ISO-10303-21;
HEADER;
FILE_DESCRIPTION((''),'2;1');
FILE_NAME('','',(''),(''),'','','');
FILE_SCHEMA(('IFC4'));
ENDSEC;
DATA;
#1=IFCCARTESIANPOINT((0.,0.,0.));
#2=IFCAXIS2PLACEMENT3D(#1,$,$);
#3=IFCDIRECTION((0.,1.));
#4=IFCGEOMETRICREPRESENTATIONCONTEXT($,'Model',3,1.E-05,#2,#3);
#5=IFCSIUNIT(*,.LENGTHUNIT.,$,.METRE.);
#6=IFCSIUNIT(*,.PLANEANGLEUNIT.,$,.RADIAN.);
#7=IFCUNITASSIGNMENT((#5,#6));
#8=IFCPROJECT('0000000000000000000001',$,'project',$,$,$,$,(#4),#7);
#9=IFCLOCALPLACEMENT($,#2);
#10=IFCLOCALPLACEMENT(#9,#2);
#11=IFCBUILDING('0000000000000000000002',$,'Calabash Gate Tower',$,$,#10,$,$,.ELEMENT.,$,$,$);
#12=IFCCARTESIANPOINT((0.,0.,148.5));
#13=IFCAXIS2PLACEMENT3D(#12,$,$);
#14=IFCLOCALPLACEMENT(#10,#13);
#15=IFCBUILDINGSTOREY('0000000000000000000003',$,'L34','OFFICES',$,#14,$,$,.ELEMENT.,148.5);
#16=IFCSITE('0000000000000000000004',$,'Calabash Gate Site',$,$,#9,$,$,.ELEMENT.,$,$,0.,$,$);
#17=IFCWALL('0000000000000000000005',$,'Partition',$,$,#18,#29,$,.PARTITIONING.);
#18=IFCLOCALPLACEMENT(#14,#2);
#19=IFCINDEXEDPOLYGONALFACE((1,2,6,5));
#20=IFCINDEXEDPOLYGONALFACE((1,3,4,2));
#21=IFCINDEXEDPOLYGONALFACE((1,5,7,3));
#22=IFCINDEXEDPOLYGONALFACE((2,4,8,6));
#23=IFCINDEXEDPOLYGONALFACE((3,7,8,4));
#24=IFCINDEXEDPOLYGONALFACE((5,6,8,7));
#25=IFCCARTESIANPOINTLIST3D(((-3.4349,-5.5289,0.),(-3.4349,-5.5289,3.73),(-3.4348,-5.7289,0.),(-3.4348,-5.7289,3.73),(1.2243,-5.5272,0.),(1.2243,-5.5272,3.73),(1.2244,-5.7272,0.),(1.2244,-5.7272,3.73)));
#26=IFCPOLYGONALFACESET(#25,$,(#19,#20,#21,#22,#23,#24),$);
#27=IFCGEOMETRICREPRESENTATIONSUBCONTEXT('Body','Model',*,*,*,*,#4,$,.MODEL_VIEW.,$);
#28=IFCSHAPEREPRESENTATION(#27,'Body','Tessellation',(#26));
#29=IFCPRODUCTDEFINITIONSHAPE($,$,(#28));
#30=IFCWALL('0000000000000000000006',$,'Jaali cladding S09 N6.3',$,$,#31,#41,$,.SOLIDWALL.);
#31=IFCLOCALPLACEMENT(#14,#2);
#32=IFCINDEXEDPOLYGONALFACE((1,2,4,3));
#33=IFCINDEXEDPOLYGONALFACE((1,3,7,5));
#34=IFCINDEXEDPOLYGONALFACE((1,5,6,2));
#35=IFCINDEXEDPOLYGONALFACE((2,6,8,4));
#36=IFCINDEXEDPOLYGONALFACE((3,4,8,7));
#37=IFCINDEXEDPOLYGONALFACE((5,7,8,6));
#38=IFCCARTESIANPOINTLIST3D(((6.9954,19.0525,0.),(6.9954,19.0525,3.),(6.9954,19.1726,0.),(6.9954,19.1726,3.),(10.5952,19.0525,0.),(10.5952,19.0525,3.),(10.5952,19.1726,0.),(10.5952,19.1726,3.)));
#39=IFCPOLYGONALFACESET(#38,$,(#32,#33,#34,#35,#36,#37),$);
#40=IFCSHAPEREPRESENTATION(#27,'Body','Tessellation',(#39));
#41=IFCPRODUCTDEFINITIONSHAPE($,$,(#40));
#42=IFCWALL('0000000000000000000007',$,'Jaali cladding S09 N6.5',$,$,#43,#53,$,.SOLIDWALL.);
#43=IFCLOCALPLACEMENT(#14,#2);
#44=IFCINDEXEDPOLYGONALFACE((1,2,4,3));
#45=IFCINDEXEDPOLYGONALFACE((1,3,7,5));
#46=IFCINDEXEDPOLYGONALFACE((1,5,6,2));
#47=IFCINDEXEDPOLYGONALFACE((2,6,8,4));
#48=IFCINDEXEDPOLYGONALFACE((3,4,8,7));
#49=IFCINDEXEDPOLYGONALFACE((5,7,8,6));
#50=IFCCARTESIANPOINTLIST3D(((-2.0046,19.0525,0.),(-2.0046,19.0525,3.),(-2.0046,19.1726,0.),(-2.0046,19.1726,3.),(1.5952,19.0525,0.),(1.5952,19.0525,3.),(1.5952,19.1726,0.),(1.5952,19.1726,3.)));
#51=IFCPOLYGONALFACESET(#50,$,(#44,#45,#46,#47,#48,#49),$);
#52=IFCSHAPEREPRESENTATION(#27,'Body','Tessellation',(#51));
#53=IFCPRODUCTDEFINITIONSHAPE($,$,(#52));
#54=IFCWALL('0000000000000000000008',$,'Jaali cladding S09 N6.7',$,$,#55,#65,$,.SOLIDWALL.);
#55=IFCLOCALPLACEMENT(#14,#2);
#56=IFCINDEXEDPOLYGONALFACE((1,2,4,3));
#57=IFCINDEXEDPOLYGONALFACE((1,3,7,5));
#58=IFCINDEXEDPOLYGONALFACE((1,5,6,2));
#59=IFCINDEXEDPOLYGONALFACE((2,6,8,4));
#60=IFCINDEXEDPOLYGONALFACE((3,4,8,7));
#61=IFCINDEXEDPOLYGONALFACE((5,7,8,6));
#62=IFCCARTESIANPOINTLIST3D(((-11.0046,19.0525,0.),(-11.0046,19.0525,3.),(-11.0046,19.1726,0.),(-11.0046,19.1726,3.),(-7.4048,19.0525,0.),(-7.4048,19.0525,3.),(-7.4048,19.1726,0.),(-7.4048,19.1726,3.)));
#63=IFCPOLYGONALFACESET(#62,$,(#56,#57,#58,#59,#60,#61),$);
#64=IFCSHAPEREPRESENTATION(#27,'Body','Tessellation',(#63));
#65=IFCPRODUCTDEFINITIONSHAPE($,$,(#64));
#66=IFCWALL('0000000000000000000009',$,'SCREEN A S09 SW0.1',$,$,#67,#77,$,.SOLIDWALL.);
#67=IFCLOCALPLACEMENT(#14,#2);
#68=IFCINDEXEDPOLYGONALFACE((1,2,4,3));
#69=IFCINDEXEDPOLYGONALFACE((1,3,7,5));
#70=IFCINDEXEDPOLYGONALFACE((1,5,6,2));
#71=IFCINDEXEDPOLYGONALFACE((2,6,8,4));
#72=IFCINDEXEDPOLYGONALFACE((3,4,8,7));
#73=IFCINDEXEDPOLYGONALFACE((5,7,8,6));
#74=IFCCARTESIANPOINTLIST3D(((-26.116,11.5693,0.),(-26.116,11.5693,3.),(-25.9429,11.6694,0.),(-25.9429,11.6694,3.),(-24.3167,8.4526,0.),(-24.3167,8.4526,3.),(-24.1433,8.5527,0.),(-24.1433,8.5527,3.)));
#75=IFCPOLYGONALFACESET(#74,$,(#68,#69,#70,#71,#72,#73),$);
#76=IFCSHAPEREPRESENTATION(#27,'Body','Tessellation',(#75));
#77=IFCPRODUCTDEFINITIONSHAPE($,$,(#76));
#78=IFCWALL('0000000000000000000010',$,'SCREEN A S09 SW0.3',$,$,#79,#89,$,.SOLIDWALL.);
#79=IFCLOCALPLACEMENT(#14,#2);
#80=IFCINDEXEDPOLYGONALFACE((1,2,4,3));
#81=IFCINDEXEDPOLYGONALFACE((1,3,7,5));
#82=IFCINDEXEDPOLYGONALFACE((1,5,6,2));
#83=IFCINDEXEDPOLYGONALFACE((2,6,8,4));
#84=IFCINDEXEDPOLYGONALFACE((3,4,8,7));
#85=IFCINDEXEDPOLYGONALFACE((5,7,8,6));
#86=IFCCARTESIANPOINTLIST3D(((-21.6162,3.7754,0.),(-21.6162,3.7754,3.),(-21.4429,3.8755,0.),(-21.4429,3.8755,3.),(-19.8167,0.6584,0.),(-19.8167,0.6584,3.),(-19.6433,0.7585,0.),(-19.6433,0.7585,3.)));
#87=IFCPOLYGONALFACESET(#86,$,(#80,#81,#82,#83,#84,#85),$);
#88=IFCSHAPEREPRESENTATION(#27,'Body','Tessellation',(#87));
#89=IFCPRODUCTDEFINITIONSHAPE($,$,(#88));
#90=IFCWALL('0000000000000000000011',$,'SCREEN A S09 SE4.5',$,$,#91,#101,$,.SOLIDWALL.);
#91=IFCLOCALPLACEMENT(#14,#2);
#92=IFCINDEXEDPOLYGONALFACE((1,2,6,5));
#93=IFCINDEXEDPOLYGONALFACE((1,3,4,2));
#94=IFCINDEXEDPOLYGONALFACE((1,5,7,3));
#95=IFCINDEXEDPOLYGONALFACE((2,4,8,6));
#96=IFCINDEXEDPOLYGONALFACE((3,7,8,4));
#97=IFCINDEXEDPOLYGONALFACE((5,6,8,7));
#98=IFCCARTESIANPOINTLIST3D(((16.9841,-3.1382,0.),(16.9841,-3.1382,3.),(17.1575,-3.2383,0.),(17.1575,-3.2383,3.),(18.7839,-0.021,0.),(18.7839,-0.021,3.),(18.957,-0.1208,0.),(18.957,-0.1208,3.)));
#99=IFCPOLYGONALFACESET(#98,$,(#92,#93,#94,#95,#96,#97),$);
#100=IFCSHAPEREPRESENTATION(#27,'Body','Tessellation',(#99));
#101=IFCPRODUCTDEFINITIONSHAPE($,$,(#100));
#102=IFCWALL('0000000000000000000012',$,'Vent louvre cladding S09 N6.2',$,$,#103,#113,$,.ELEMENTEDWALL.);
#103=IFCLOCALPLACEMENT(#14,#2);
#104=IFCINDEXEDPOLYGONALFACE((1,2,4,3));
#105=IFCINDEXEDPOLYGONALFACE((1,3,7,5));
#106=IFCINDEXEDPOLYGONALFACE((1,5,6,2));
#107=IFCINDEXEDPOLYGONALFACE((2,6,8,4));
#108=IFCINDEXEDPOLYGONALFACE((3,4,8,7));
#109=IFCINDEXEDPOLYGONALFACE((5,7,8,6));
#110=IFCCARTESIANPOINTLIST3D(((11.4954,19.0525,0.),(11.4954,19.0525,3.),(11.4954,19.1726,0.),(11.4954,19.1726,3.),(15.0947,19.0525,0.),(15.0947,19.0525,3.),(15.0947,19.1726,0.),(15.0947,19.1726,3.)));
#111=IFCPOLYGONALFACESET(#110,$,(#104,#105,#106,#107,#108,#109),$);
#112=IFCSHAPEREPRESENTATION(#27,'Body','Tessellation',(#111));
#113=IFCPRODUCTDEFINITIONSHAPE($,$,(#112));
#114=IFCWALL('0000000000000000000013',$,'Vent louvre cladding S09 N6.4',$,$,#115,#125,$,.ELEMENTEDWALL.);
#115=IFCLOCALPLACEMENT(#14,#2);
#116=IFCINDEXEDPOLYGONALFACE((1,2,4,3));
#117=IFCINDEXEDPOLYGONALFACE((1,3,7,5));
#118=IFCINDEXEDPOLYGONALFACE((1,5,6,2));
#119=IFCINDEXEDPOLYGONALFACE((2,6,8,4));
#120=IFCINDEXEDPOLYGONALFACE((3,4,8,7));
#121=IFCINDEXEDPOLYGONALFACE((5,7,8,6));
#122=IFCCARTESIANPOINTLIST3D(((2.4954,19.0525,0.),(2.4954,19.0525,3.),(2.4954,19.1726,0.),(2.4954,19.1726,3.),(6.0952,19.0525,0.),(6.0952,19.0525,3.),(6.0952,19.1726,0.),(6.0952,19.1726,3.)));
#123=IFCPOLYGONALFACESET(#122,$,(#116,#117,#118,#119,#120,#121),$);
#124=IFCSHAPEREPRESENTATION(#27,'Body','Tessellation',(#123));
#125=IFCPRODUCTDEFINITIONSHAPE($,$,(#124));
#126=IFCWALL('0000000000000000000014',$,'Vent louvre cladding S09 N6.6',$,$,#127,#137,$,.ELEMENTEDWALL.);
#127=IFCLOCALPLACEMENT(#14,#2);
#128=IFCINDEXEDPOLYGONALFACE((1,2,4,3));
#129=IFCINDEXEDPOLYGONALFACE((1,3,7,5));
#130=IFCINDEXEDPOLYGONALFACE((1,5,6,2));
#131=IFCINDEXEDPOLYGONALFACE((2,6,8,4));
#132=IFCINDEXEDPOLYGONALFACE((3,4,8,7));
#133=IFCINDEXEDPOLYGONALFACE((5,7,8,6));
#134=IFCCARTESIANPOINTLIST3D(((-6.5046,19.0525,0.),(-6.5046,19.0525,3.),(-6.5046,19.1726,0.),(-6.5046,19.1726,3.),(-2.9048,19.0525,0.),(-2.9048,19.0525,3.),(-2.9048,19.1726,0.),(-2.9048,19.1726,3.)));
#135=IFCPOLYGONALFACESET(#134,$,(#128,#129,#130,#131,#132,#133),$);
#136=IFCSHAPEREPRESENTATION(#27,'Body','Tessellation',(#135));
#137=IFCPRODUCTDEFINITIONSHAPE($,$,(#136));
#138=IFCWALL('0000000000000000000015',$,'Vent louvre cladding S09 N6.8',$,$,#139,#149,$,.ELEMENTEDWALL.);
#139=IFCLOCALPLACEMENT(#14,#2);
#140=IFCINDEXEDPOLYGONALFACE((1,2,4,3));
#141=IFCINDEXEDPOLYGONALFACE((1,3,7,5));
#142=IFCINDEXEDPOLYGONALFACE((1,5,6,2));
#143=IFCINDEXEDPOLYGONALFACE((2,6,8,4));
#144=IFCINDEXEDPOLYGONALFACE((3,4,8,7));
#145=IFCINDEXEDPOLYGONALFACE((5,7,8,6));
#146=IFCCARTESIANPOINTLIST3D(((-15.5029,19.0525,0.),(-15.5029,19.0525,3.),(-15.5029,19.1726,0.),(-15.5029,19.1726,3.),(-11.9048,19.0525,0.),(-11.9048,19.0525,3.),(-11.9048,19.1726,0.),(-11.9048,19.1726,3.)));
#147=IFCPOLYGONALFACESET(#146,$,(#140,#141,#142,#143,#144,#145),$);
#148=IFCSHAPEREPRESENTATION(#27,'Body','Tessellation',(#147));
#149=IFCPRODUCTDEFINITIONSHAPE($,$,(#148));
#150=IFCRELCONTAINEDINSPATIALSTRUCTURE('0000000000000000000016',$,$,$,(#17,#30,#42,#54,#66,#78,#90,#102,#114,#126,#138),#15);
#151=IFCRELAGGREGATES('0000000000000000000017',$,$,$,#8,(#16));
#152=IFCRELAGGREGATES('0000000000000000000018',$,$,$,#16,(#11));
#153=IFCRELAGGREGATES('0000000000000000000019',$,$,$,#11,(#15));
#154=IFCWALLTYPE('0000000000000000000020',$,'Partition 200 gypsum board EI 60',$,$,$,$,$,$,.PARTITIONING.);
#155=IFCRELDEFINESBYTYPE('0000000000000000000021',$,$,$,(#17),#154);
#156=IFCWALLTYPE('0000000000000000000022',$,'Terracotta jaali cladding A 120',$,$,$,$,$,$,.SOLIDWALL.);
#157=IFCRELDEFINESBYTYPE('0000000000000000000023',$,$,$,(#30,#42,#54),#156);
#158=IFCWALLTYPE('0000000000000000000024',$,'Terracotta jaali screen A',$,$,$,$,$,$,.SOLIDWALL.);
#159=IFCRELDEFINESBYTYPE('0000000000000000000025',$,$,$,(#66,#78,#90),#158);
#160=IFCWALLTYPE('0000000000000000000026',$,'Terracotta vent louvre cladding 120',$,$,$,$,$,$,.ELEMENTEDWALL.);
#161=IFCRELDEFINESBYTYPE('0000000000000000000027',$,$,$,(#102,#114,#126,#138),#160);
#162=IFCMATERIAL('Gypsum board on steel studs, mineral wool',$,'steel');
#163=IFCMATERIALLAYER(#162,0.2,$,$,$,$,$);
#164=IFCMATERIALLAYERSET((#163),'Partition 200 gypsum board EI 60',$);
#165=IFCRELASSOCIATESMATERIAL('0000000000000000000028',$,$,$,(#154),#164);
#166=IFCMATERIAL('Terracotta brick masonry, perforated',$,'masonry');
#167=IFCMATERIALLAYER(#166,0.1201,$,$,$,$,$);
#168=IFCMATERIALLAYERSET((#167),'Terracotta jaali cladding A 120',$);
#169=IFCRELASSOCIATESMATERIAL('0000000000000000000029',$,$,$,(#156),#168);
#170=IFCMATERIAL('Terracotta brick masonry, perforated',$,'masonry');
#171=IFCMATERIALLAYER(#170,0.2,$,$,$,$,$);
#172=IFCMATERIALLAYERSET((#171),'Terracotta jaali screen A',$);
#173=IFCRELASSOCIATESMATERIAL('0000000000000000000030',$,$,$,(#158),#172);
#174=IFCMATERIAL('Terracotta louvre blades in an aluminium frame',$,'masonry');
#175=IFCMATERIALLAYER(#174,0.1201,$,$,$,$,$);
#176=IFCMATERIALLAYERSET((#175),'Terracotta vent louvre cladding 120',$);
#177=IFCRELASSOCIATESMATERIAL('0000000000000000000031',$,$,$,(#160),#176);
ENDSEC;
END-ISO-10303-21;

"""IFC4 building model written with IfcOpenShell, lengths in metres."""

from ifc_helpers import new_model, si_unit, direction, frame, frame_2d, origin, place, context, subcontext, project, spatial, polyline, rectangle, outline, extrude, material, layer, layer_set, type_object, element, save


model = new_model("IFC4")

# Units and contexts
model_context = context("Model", 3, precision=1e-05, world=origin(), true_north=direction((0.0, 1.0)))
body_context = subcontext(model_context, "Body", "Model", "MODEL_VIEW")
ifc_project = project(units=[si_unit("LENGTHUNIT", "METRE"), si_unit("PLANEANGLEUNIT", "RADIAN")], contexts=[model_context])

# Site, building, storey
site_placement = place(None, origin())
site = spatial("IfcSite", under=ifc_project, at=site_placement, Name="Calabash Gate Site", CompositionType="ELEMENT", RefElevation=0.0)
building_placement = place(site_placement, origin())
building = spatial("IfcBuilding", under=site, at=building_placement, Name="Calabash Gate Tower", CompositionType="ELEMENT")
storey_placement = place(building_placement, frame((0.0, 0.0, 148.5)))
storey = spatial("IfcBuildingStorey", under=building, at=storey_placement, Name="L34", Description="OFFICES", CompositionType="ELEMENT", Elevation=148.5)

# Walls
ifc_material_1 = material(Name="Gypsum board on steel studs, mineral wool", Category="steel")
ifc_layer_1 = layer(ifc_material_1, 0.2)
ifc_layer_set_1 = layer_set([ifc_layer_1], Name="Partition 200 gypsum board EI 60")
wall_type_1 = type_object("IfcWallType", Name="Partition 200 gypsum board EI 60", PredefinedType="PARTITIONING", material=ifc_layer_set_1)
wall_1_placement = place(storey_placement, frame((-3.4348, -5.6289, 0.0), z_axis=(0.0, 0.0, 1.0), x_axis=(1.0, 0.000367, 0.0)))
element("IfcWall", 1, at=wall_1_placement, inside=storey, type_object=wall_type_1, Name="Partition", PredefinedType="PARTITIONING", context=body_context, shape_type="SweptSolid", body=[
    extrude(rectangle(XDim=4.6592, YDim=0.2, at=frame_2d((2.3296, 0.0))), origin(), (0.0, 0.0, 1.0), 3.73),
])
ifc_material_2 = material(Name="Terracotta brick masonry, perforated", Category="masonry")
ifc_layer_2 = layer(ifc_material_2, 0.1201)
ifc_layer_set_2 = layer_set([ifc_layer_2], Name="Terracotta jaali cladding A 120")
wall_type_2 = type_object("IfcWallType", Name="Terracotta jaali cladding A 120", PredefinedType="SOLIDWALL", material=ifc_layer_set_2)
wall_2_placement = place(storey_placement, origin())
element("IfcWall", 2, at=wall_2_placement, inside=storey, type_object=wall_type_2, Name="Jaali cladding S09 N6.3", PredefinedType="SOLIDWALL", context=body_context, shape_type="SweptSolid", body=[
    extrude(outline(polyline([(6.9954, 19.1726), (6.9954, 19.0525), (10.5952, 19.0525), (10.5952, 19.1726), (6.9954, 19.1726)])), origin(), (0.0, 0.0, 1.0), 3.0),
])
wall_3_placement = place(storey_placement, origin())
element("IfcWall", 3, at=wall_3_placement, inside=storey, type_object=wall_type_2, Name="Jaali cladding S09 N6.5", PredefinedType="SOLIDWALL", context=body_context, shape_type="SweptSolid", body=[
    extrude(outline(polyline([(-2.0046, 19.1726), (-2.0046, 19.0525), (1.5952, 19.0525), (1.5952, 19.1726), (-2.0046, 19.1726)])), origin(), (0.0, 0.0, 1.0), 3.0),
])
wall_4_placement = place(storey_placement, origin())
element("IfcWall", 4, at=wall_4_placement, inside=storey, type_object=wall_type_2, Name="Jaali cladding S09 N6.7", PredefinedType="SOLIDWALL", context=body_context, shape_type="SweptSolid", body=[
    extrude(outline(polyline([(-11.0046, 19.1726), (-11.0046, 19.0525), (-7.4048, 19.0525), (-7.4048, 19.1726), (-11.0046, 19.1726)])), origin(), (0.0, 0.0, 1.0), 3.0),
])
ifc_material_3 = material(Name="Terracotta brick masonry, perforated", Category="masonry")
ifc_layer_3 = layer(ifc_material_3, 0.2)
ifc_layer_set_3 = layer_set([ifc_layer_3], Name="Terracotta jaali screen A")
wall_type_3 = type_object("IfcWallType", Name="Terracotta jaali screen A", PredefinedType="SOLIDWALL", material=ifc_layer_set_3)
wall_5_placement = place(storey_placement, origin())
element("IfcWall", 5, at=wall_5_placement, inside=storey, type_object=wall_type_3, Name="SCREEN A S09 SW0.1", PredefinedType="SOLIDWALL", context=body_context, shape_type="SweptSolid", body=[
    extrude(outline(polyline([(-24.1433, 8.5527), (-25.9429, 11.6694), (-26.116, 11.5693), (-24.3167, 8.4526), (-24.1433, 8.5527)])), origin(), (0.0, 0.0, 1.0), 3.0),
])
wall_6_placement = place(storey_placement, origin())
element("IfcWall", 6, at=wall_6_placement, inside=storey, type_object=wall_type_3, Name="SCREEN A S09 SW0.3", PredefinedType="SOLIDWALL", context=body_context, shape_type="SweptSolid", body=[
    extrude(outline(polyline([(-19.6433, 0.7585), (-21.4429, 3.8755), (-21.6162, 3.7754), (-19.8167, 0.6584), (-19.6433, 0.7585)])), origin(), (0.0, 0.0, 1.0), 3.0),
])
wall_7_placement = place(storey_placement, origin())
element("IfcWall", 7, at=wall_7_placement, inside=storey, type_object=wall_type_3, Name="SCREEN A S09 SE4.5", PredefinedType="SOLIDWALL", context=body_context, shape_type="SweptSolid", body=[
    extrude(outline(polyline([(18.7839, -0.021), (16.9841, -3.1382), (17.1575, -3.2383), (18.957, -0.1208), (18.7839, -0.021)])), origin(), (0.0, 0.0, 1.0), 3.0),
])
ifc_material_4 = material(Name="Terracotta louvre blades in an aluminium frame", Category="masonry")
ifc_layer_4 = layer(ifc_material_4, 0.1201)
ifc_layer_set_4 = layer_set([ifc_layer_4], Name="Terracotta vent louvre cladding 120")
wall_type_4 = type_object("IfcWallType", Name="Terracotta vent louvre cladding 120", PredefinedType="ELEMENTEDWALL", material=ifc_layer_set_4)
wall_8_placement = place(storey_placement, origin())
element("IfcWall", 8, at=wall_8_placement, inside=storey, type_object=wall_type_4, Name="Vent louvre cladding S09 N6.2", PredefinedType="ELEMENTEDWALL", context=body_context, shape_type="SweptSolid", body=[
    extrude(outline(polyline([(11.4954, 19.1726), (11.4954, 19.0525), (15.0947, 19.0525), (15.0947, 19.1726), (11.4954, 19.1726)])), origin(), (0.0, 0.0, 1.0), 3.0),
])
wall_9_placement = place(storey_placement, origin())
element("IfcWall", 9, at=wall_9_placement, inside=storey, type_object=wall_type_4, Name="Vent louvre cladding S09 N6.4", PredefinedType="ELEMENTEDWALL", context=body_context, shape_type="SweptSolid", body=[
    extrude(outline(polyline([(2.4954, 19.1726), (2.4954, 19.0525), (6.0952, 19.0525), (6.0952, 19.1726), (2.4954, 19.1726)])), origin(), (0.0, 0.0, 1.0), 3.0),
])
wall_10_placement = place(storey_placement, origin())
element("IfcWall", 10, at=wall_10_placement, inside=storey, type_object=wall_type_4, Name="Vent louvre cladding S09 N6.6", PredefinedType="ELEMENTEDWALL", context=body_context, shape_type="SweptSolid", body=[
    extrude(outline(polyline([(-6.5046, 19.1726), (-6.5046, 19.0525), (-2.9048, 19.0525), (-2.9048, 19.1726), (-6.5046, 19.1726)])), origin(), (0.0, 0.0, 1.0), 3.0),
])
wall_11_placement = place(storey_placement, origin())
element("IfcWall", 11, at=wall_11_placement, inside=storey, type_object=wall_type_4, Name="Vent louvre cladding S09 N6.8", PredefinedType="ELEMENTEDWALL", context=body_context, shape_type="SweptSolid", body=[
    extrude(outline(polyline([(-11.9048, 19.0525), (-11.9048, 19.1726), (-15.5029, 19.1726), (-15.5029, 19.0525), (-11.9048, 19.0525)])), origin(), (0.0, 0.0, 1.0), 3.0),
])

save(model, "model.ifc")
